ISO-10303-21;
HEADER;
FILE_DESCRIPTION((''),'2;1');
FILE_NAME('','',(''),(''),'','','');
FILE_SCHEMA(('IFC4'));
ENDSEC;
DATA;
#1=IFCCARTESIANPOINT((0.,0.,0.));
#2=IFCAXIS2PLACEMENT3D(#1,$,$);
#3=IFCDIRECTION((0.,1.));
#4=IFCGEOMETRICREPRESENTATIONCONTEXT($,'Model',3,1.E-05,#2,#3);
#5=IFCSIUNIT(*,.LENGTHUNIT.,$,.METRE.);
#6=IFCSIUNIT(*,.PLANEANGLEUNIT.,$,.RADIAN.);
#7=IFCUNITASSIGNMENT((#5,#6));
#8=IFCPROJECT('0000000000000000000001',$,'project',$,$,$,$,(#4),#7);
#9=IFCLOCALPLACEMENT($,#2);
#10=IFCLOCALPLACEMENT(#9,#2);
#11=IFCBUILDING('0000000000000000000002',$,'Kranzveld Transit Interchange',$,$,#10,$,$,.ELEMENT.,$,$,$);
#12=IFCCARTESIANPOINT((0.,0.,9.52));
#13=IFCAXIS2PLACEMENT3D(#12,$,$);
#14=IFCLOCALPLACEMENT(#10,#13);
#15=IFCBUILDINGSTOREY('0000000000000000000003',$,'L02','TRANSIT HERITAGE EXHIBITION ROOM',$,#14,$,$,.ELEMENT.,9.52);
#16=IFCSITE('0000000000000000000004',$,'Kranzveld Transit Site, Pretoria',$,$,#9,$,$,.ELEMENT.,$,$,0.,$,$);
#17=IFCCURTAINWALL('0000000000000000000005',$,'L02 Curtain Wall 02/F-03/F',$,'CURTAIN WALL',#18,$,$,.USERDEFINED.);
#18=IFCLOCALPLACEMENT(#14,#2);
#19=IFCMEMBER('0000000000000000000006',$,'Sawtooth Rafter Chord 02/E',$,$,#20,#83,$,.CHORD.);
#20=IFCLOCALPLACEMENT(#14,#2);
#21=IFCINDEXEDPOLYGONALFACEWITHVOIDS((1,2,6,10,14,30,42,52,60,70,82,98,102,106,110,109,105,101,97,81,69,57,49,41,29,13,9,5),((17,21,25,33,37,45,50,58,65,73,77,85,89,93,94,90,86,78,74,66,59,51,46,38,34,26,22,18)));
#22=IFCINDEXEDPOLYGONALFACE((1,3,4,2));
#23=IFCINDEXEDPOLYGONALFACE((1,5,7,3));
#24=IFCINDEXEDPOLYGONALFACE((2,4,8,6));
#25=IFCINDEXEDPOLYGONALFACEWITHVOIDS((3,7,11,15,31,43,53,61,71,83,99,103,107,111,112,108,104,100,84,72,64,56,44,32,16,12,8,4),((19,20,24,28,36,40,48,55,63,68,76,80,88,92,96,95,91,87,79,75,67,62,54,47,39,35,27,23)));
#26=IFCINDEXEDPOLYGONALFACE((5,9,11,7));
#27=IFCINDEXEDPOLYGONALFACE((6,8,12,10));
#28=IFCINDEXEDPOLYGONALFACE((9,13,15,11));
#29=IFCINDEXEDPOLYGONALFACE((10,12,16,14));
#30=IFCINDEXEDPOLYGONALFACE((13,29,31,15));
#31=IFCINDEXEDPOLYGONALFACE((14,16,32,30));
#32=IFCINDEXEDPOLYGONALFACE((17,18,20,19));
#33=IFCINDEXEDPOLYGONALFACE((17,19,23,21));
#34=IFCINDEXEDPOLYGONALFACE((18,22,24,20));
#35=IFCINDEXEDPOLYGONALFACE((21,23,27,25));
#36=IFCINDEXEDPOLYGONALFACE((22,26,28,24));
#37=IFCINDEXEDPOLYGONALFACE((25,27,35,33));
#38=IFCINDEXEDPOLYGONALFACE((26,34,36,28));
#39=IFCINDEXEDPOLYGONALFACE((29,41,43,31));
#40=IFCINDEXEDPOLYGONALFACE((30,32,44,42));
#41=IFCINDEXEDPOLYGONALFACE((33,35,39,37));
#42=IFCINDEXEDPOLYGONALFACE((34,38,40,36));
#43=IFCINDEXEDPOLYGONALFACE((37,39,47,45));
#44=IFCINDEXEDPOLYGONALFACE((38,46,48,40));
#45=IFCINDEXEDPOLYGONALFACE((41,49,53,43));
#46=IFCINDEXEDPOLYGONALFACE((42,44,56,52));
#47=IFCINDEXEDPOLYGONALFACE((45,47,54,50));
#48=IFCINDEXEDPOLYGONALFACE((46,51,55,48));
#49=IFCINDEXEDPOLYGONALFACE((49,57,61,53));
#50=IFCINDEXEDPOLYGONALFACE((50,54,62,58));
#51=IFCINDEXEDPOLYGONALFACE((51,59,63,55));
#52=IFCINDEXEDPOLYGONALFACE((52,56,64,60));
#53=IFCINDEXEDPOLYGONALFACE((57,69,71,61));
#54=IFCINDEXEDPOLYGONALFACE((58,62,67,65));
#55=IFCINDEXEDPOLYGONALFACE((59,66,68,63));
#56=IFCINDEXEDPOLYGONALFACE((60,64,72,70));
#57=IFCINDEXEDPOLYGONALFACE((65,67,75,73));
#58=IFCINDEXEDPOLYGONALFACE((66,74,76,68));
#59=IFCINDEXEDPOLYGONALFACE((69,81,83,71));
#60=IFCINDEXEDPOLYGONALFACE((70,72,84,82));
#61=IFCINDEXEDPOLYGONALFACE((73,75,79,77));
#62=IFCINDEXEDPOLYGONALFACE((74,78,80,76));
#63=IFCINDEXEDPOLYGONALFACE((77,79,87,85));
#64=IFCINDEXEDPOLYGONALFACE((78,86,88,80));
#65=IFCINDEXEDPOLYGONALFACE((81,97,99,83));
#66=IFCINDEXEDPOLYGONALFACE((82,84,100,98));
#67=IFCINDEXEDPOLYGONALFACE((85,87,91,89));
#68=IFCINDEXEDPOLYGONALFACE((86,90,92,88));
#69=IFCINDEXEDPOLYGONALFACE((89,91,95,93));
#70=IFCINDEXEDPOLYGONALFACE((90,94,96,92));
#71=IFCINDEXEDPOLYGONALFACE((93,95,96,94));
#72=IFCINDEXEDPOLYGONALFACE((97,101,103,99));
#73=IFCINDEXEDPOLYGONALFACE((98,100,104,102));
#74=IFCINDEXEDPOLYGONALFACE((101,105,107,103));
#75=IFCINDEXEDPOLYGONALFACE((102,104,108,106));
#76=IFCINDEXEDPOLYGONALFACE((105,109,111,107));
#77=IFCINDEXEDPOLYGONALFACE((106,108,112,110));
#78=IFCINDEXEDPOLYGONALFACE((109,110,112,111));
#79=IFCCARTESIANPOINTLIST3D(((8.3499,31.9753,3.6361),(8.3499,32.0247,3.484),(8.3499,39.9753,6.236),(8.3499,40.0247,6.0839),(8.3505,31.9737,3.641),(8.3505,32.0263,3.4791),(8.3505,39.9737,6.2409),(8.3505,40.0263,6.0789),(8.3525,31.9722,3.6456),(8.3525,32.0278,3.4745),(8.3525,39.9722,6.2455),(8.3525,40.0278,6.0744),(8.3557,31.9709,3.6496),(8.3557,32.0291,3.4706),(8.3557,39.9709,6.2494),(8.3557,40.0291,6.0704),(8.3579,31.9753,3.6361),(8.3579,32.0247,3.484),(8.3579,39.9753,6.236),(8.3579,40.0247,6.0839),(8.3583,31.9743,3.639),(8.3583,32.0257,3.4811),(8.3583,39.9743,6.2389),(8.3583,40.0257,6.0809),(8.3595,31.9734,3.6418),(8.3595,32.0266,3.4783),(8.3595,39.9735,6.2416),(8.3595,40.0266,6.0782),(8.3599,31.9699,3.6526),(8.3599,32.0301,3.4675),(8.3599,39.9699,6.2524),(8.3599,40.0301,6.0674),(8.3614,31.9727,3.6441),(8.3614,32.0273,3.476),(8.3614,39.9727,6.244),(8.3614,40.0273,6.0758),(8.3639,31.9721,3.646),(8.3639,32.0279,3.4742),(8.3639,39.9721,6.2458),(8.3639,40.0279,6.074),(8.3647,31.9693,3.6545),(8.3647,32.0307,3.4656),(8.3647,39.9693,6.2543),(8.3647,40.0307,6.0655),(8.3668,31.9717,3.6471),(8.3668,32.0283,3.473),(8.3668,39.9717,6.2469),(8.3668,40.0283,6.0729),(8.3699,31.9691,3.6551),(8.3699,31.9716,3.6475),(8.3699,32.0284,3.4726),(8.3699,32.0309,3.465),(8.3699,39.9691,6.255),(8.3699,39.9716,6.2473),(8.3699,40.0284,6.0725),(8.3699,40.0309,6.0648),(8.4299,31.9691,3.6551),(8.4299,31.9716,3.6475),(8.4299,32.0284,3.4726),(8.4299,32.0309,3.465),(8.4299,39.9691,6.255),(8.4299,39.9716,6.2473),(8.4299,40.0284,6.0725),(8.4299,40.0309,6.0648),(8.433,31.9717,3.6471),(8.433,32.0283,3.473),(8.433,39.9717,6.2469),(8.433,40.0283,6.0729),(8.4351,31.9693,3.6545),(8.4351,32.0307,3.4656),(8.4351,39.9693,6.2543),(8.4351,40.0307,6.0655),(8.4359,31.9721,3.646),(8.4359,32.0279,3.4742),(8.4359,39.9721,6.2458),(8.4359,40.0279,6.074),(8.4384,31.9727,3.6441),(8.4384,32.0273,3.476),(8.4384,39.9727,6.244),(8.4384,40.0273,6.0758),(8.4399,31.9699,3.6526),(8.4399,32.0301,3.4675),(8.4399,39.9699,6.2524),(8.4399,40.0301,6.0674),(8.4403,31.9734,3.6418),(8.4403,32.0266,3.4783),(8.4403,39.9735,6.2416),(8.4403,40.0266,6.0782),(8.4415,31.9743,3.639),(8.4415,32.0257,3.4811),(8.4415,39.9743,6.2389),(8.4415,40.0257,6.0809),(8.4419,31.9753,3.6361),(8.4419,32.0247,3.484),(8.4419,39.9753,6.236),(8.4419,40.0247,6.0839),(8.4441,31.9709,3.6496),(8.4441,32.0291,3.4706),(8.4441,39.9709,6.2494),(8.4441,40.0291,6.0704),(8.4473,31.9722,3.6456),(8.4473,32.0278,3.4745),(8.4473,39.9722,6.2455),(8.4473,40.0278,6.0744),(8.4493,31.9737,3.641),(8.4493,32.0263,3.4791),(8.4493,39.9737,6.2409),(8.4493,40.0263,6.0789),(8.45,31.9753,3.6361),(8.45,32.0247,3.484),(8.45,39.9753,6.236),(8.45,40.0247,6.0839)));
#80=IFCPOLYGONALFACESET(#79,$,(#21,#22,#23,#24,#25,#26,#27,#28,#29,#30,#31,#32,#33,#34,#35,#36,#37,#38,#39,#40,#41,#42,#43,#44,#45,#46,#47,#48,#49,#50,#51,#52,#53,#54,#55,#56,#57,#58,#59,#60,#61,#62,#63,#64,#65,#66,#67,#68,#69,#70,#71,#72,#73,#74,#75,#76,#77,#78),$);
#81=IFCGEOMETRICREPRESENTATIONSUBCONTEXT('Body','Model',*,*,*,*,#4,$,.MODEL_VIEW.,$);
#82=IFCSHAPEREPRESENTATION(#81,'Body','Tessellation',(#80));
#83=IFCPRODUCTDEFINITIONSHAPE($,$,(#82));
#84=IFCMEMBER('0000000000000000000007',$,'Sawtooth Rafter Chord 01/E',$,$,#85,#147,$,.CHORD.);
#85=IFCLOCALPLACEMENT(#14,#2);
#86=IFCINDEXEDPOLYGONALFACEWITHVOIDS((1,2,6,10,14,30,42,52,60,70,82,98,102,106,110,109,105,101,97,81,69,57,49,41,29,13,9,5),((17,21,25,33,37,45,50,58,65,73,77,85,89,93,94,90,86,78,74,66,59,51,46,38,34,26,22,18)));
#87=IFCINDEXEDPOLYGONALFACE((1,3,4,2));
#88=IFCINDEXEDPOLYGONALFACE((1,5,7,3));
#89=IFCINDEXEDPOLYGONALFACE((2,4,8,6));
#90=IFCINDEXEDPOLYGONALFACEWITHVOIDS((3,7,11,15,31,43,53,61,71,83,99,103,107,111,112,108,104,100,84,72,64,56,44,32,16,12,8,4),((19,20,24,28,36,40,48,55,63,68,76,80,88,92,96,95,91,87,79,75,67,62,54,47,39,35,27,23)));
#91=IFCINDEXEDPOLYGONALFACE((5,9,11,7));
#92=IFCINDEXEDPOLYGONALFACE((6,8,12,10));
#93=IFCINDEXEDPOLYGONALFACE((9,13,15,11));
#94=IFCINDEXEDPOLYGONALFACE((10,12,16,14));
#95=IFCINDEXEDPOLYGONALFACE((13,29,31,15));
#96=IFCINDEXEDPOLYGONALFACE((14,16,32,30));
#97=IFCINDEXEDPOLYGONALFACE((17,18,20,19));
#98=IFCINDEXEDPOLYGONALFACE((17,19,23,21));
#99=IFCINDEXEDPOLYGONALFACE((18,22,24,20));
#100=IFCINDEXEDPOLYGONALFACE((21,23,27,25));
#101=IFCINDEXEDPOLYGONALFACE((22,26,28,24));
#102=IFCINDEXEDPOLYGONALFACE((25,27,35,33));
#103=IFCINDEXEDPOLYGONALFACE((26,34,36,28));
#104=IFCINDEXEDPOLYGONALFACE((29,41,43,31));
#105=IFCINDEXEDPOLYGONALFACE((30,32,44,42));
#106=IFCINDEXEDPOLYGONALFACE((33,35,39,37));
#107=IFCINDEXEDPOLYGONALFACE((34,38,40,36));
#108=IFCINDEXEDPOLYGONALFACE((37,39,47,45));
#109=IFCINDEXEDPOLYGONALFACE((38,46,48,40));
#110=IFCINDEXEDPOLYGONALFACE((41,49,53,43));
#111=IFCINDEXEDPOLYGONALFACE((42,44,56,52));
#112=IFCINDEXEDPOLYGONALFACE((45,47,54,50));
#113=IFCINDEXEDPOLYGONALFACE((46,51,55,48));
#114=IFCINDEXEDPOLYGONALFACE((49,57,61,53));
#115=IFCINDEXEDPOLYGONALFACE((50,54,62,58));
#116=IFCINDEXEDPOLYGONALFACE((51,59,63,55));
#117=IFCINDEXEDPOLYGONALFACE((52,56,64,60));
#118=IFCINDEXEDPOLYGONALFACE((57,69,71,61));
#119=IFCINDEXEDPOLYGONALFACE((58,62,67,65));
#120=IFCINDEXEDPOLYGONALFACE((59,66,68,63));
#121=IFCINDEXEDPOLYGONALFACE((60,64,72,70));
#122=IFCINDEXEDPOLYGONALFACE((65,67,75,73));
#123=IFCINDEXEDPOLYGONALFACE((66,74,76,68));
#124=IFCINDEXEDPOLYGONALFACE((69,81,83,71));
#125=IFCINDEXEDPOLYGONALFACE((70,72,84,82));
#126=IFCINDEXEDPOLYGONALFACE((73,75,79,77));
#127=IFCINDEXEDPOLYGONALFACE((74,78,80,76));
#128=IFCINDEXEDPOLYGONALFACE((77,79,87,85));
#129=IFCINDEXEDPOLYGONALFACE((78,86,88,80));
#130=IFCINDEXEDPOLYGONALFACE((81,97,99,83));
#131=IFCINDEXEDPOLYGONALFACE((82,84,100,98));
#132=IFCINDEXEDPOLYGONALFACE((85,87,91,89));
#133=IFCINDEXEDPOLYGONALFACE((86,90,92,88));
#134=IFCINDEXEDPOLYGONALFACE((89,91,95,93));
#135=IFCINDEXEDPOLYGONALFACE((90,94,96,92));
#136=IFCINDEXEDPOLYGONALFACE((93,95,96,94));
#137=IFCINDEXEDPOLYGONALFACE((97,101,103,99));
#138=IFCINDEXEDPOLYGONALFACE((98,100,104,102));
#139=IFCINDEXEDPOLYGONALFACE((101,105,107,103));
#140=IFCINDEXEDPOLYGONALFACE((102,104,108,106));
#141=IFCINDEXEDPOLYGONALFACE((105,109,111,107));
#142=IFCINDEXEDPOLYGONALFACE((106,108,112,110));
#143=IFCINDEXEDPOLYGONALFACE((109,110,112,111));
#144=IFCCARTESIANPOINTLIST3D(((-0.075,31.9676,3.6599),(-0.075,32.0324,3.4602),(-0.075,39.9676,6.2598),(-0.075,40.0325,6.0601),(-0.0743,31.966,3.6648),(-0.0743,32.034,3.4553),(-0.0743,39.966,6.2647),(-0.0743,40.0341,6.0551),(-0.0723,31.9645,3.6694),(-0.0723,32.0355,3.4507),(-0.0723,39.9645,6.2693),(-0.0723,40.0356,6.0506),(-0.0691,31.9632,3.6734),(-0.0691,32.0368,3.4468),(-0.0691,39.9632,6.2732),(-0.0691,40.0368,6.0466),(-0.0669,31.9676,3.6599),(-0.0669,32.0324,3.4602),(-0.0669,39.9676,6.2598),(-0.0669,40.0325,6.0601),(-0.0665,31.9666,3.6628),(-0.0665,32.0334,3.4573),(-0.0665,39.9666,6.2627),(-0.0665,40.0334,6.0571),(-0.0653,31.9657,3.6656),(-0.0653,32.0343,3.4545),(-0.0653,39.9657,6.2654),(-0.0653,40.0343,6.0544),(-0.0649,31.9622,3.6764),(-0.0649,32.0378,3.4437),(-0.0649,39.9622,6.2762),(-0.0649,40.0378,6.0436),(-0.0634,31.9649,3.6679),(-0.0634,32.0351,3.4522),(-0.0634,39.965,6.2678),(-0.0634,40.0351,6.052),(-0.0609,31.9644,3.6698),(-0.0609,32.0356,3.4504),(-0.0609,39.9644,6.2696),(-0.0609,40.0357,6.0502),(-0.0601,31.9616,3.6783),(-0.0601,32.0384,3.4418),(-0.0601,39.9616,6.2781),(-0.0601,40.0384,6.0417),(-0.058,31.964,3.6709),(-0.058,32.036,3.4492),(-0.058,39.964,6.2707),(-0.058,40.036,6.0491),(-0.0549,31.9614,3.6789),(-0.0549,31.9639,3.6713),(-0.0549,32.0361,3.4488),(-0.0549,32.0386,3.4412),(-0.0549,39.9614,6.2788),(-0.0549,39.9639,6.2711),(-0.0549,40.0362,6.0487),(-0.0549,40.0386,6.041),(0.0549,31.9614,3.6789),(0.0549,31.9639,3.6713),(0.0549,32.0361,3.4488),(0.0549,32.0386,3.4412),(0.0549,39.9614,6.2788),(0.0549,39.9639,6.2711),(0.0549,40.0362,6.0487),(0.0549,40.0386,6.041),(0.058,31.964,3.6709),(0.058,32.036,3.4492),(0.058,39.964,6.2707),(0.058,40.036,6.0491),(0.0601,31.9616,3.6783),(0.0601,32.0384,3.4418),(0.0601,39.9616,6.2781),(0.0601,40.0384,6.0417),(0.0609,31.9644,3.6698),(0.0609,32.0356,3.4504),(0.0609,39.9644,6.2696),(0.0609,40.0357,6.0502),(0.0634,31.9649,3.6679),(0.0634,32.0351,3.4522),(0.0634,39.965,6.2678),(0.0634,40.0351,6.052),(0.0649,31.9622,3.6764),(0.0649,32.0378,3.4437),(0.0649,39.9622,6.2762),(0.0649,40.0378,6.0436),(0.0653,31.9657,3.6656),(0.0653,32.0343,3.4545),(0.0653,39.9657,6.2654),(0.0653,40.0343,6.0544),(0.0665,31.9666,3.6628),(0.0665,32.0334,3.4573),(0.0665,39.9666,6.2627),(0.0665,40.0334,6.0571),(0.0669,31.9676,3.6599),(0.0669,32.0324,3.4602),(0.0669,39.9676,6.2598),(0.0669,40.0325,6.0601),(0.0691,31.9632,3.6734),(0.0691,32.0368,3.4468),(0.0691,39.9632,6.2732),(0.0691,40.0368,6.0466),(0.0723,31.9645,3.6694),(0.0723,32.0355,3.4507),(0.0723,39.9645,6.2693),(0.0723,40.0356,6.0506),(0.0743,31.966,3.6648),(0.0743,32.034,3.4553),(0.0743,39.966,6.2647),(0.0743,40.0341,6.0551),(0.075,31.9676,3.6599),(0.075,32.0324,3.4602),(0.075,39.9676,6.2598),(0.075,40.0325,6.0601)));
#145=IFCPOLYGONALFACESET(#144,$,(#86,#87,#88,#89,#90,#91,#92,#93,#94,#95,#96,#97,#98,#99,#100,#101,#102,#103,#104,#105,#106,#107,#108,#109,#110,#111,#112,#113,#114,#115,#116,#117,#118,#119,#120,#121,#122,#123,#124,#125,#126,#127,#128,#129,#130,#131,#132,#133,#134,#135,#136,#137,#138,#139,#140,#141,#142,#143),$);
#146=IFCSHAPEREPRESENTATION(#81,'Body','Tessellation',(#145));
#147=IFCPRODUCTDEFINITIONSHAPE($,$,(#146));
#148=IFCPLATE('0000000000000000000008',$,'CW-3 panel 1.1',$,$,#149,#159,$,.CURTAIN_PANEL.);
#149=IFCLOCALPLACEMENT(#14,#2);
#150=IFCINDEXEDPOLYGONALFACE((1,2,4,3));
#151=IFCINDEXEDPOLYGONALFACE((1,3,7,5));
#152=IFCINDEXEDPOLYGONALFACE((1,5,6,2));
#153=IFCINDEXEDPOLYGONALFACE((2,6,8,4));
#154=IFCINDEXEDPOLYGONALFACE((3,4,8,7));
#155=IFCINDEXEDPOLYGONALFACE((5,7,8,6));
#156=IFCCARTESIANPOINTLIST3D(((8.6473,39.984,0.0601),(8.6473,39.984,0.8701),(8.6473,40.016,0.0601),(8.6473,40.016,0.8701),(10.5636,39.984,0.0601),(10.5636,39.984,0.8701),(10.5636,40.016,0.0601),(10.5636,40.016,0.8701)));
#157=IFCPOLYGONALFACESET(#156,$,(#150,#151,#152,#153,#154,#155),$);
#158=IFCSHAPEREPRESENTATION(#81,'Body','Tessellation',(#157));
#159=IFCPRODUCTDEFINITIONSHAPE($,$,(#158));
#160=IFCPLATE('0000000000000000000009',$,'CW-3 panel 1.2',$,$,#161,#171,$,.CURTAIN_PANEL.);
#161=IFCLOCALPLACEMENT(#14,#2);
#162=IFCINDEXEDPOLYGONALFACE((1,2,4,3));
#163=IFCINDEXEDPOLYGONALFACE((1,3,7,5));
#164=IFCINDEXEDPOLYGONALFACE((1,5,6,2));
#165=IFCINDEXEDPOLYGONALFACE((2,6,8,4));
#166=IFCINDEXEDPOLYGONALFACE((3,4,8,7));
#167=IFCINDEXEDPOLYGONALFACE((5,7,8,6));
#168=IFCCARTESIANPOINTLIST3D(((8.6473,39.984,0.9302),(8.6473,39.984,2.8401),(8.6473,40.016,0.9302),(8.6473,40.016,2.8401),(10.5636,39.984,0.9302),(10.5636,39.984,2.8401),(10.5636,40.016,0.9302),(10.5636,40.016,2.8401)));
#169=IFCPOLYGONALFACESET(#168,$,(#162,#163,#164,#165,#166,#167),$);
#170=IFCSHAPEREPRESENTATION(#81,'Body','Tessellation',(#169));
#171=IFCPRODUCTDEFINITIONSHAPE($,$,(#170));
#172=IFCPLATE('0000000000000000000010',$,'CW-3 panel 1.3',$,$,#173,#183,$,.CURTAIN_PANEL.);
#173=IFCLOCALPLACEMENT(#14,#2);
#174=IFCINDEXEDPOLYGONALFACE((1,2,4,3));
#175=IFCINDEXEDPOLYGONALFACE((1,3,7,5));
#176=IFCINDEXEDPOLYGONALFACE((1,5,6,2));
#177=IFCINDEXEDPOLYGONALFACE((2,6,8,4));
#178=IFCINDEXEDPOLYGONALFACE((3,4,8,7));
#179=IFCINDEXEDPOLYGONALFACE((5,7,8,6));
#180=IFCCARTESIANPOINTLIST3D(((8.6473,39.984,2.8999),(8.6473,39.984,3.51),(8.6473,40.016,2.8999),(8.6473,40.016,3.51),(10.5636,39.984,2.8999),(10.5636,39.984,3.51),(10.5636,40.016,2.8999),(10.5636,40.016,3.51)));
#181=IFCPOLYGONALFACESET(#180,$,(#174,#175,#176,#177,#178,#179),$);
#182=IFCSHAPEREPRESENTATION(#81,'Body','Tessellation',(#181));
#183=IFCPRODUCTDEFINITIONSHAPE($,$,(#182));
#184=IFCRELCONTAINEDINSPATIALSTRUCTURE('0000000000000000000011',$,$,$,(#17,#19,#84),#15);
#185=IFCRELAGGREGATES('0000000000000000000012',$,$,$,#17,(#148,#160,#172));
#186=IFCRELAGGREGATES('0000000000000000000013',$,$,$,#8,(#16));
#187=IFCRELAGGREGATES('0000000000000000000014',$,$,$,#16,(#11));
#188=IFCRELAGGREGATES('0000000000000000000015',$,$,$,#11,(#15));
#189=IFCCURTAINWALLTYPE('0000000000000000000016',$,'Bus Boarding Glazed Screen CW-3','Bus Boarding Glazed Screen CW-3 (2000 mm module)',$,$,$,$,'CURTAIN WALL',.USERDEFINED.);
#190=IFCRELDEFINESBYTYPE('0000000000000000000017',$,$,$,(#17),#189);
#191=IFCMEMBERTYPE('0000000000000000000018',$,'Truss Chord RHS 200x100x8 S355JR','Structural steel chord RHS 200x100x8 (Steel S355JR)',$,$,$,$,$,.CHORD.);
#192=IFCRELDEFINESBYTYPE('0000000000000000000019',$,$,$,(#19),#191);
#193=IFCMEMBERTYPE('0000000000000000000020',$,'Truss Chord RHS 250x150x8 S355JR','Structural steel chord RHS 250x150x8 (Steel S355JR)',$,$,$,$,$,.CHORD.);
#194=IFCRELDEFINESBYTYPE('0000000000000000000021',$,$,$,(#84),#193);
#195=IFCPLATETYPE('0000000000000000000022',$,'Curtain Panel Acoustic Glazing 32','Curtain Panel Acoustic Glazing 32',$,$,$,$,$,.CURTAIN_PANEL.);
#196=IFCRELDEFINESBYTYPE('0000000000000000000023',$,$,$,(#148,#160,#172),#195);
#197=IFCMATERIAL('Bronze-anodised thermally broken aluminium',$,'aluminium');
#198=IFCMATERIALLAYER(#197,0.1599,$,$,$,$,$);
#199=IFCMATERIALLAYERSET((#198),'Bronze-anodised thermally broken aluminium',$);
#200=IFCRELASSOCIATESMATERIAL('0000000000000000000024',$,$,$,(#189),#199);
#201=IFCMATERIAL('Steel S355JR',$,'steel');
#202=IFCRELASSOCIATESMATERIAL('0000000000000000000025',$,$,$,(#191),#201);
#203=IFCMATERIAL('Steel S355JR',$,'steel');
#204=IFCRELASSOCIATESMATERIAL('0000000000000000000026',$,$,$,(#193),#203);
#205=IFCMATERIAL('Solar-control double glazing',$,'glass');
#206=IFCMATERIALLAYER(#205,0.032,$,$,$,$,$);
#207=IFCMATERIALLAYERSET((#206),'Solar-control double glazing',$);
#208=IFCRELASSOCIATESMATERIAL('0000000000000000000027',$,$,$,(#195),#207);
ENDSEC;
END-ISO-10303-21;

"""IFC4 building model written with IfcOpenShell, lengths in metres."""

from ifc_helpers import new_model, si_unit, direction, frame, origin, origin_2d, place, context, subcontext, project, spatial, rectangle, hollow_rectangle, extrude, material, layer, layer_set, material_profile, profile_set, type_object, element, aggregate, save


model = new_model("IFC4")

# Units and contexts
model_context = context("Model", 3, precision=1e-05, world=origin(), true_north=direction((0.0, 1.0)))
body_context = subcontext(model_context, "Body", "Model", "MODEL_VIEW")
ifc_project = project(units=[si_unit("LENGTHUNIT", "METRE"), si_unit("PLANEANGLEUNIT", "RADIAN")], contexts=[model_context])

# Site, building, storey
site_placement = place(None, origin())
site = spatial("IfcSite", under=ifc_project, at=site_placement, Name="Kranzveld Transit Site, Pretoria", CompositionType="ELEMENT", RefElevation=0.0)
building_placement = place(site_placement, origin())
building = spatial("IfcBuilding", under=site, at=building_placement, Name="Kranzveld Transit Interchange", CompositionType="ELEMENT")
storey_placement = place(building_placement, frame((0.0, 0.0, 9.52)))
storey = spatial("IfcBuildingStorey", under=building, at=storey_placement, Name="L02", Description="TRANSIT HERITAGE EXHIBITION ROOM", CompositionType="ELEMENT", Elevation=9.52)

# Curtain wall
ifc_material_1 = material(Name="Bronze-anodised thermally broken aluminium", Category="aluminium")
ifc_layer_1 = layer(ifc_material_1, 0.1599)
ifc_layer_set_1 = layer_set([ifc_layer_1], Name="Bronze-anodised thermally broken aluminium")
curtain_wall_type = type_object("IfcCurtainWallType", Name="Bus Boarding Glazed Screen CW-3", Description="Bus Boarding Glazed Screen CW-3 (2000 mm module)", ElementType="CURTAIN WALL", PredefinedType="USERDEFINED", material=ifc_layer_set_1)
curtain_wall_placement = place(storey_placement, origin())
curtain_wall = element("IfcCurtainWall", 1, at=curtain_wall_placement, inside=storey, type_object=curtain_wall_type, Name="L02 Curtain Wall 02/F-03/F", ObjectType="CURTAIN WALL", PredefinedType="USERDEFINED")

# Members
ifc_material_2 = material(Name="Steel S355JR", Category="steel")
ifc_material_profile_1 = material_profile(ifc_material_2, hollow_rectangle(XDim=0.1001, YDim=0.2, WallThickness=0.0081, InnerFilletRadius=0.012, OuterFilletRadius=0.02, at=origin_2d()), Name="RHS 200x100x8")
ifc_profile_set_1 = profile_set([ifc_material_profile_1], Name="Steel S355JR")
member_type_1 = type_object("IfcMemberType", Name="Truss Chord RHS 200x100x8 S355JR", Description="Structural steel chord RHS 200x100x8 (Steel S355JR)", PredefinedType="CHORD", material=ifc_profile_set_1)
member_1_placement = place(storey_placement, frame((8.3999, 32.0, 3.5601), z_axis=(0.0, 0.951039, 0.30907), x_axis=(-1.0, 0.0, 0.0)))
element("IfcMember", 2, at=member_1_placement, inside=storey, type_object=member_type_1, Name="Sawtooth Rafter Chord 02/E", PredefinedType="CHORD", context=body_context, shape_type="SweptSolid", body=[
    extrude(hollow_rectangle(XDim=0.1001, YDim=0.2, WallThickness=0.0081, InnerFilletRadius=0.012, OuterFilletRadius=0.02, at=origin_2d()), origin(), (0.0, 0.0, 1.0), 8.4119),
])
ifc_material_3 = material(Name="Steel S355JR", Category="steel")
ifc_material_profile_2 = material_profile(ifc_material_3, hollow_rectangle(XDim=0.1499, YDim=0.25, WallThickness=0.0081, InnerFilletRadius=0.012, OuterFilletRadius=0.02, at=origin_2d()), Name="RHS 250x150x8")
ifc_profile_set_2 = profile_set([ifc_material_profile_2], Name="Steel S355JR")
member_type_2 = type_object("IfcMemberType", Name="Truss Chord RHS 250x150x8 S355JR", Description="Structural steel chord RHS 250x150x8 (Steel S355JR)", PredefinedType="CHORD", material=ifc_profile_set_2)
member_2_placement = place(storey_placement, frame((0.0, 32.0, 3.5601), z_axis=(0.0, 0.951039, 0.30907), x_axis=(-1.0, 0.0, 0.0)))
element("IfcMember", 3, at=member_2_placement, inside=storey, type_object=member_type_2, Name="Sawtooth Rafter Chord 01/E", PredefinedType="CHORD", context=body_context, shape_type="SweptSolid", body=[
    extrude(hollow_rectangle(XDim=0.1499, YDim=0.25, WallThickness=0.0081, InnerFilletRadius=0.012, OuterFilletRadius=0.02, at=origin_2d()), origin(), (0.0, 0.0, 1.0), 8.4119),
])

# Plates
ifc_material_4 = material(Name="Solar-control double glazing", Category="glass")
ifc_layer_2 = layer(ifc_material_4, 0.032)
ifc_layer_set_2 = layer_set([ifc_layer_2], Name="Solar-control double glazing")
plate_type = type_object("IfcPlateType", Name="Curtain Panel Acoustic Glazing 32", Description="Curtain Panel Acoustic Glazing 32", PredefinedType="CURTAIN_PANEL", material=ifc_layer_set_2)
plate_1_placement = place(storey_placement, frame((9.6055, 40.0, 0.0601), z_axis=(0.0, 0.0, 1.0), x_axis=(1.0, 0.0, 0.0)))
plate_1 = element("IfcPlate", 4, at=plate_1_placement, type_object=plate_type, Name="CW-3 panel 1.1", PredefinedType="CURTAIN_PANEL", context=body_context, shape_type="SweptSolid", body=[
    extrude(rectangle(XDim=1.9163, YDim=0.032, at=origin_2d()), origin(), (0.0, 0.0, 1.0), 0.8101),
])
plate_2_placement = place(storey_placement, frame((9.6055, 40.0, 0.9302), z_axis=(0.0, 0.0, 1.0), x_axis=(1.0, 0.0, 0.0)))
plate_2 = element("IfcPlate", 5, at=plate_2_placement, type_object=plate_type, Name="CW-3 panel 1.2", PredefinedType="CURTAIN_PANEL", context=body_context, shape_type="SweptSolid", body=[
    extrude(rectangle(XDim=1.9163, YDim=0.032, at=origin_2d()), origin(), (0.0, 0.0, 1.0), 1.9099),
])
plate_3_placement = place(storey_placement, frame((9.6055, 40.0, 2.8999), z_axis=(0.0, 0.0, 1.0), x_axis=(1.0, 0.0, 0.0)))
plate_3 = element("IfcPlate", 6, at=plate_3_placement, type_object=plate_type, Name="CW-3 panel 1.3", PredefinedType="CURTAIN_PANEL", context=body_context, shape_type="SweptSolid", body=[
    extrude(rectangle(XDim=1.9163, YDim=0.032, at=origin_2d()), origin(), (0.0, 0.0, 1.0), 0.6101),
])
aggregate(curtain_wall, [plate_1, plate_2, plate_3])

save(model, "model.ifc")
